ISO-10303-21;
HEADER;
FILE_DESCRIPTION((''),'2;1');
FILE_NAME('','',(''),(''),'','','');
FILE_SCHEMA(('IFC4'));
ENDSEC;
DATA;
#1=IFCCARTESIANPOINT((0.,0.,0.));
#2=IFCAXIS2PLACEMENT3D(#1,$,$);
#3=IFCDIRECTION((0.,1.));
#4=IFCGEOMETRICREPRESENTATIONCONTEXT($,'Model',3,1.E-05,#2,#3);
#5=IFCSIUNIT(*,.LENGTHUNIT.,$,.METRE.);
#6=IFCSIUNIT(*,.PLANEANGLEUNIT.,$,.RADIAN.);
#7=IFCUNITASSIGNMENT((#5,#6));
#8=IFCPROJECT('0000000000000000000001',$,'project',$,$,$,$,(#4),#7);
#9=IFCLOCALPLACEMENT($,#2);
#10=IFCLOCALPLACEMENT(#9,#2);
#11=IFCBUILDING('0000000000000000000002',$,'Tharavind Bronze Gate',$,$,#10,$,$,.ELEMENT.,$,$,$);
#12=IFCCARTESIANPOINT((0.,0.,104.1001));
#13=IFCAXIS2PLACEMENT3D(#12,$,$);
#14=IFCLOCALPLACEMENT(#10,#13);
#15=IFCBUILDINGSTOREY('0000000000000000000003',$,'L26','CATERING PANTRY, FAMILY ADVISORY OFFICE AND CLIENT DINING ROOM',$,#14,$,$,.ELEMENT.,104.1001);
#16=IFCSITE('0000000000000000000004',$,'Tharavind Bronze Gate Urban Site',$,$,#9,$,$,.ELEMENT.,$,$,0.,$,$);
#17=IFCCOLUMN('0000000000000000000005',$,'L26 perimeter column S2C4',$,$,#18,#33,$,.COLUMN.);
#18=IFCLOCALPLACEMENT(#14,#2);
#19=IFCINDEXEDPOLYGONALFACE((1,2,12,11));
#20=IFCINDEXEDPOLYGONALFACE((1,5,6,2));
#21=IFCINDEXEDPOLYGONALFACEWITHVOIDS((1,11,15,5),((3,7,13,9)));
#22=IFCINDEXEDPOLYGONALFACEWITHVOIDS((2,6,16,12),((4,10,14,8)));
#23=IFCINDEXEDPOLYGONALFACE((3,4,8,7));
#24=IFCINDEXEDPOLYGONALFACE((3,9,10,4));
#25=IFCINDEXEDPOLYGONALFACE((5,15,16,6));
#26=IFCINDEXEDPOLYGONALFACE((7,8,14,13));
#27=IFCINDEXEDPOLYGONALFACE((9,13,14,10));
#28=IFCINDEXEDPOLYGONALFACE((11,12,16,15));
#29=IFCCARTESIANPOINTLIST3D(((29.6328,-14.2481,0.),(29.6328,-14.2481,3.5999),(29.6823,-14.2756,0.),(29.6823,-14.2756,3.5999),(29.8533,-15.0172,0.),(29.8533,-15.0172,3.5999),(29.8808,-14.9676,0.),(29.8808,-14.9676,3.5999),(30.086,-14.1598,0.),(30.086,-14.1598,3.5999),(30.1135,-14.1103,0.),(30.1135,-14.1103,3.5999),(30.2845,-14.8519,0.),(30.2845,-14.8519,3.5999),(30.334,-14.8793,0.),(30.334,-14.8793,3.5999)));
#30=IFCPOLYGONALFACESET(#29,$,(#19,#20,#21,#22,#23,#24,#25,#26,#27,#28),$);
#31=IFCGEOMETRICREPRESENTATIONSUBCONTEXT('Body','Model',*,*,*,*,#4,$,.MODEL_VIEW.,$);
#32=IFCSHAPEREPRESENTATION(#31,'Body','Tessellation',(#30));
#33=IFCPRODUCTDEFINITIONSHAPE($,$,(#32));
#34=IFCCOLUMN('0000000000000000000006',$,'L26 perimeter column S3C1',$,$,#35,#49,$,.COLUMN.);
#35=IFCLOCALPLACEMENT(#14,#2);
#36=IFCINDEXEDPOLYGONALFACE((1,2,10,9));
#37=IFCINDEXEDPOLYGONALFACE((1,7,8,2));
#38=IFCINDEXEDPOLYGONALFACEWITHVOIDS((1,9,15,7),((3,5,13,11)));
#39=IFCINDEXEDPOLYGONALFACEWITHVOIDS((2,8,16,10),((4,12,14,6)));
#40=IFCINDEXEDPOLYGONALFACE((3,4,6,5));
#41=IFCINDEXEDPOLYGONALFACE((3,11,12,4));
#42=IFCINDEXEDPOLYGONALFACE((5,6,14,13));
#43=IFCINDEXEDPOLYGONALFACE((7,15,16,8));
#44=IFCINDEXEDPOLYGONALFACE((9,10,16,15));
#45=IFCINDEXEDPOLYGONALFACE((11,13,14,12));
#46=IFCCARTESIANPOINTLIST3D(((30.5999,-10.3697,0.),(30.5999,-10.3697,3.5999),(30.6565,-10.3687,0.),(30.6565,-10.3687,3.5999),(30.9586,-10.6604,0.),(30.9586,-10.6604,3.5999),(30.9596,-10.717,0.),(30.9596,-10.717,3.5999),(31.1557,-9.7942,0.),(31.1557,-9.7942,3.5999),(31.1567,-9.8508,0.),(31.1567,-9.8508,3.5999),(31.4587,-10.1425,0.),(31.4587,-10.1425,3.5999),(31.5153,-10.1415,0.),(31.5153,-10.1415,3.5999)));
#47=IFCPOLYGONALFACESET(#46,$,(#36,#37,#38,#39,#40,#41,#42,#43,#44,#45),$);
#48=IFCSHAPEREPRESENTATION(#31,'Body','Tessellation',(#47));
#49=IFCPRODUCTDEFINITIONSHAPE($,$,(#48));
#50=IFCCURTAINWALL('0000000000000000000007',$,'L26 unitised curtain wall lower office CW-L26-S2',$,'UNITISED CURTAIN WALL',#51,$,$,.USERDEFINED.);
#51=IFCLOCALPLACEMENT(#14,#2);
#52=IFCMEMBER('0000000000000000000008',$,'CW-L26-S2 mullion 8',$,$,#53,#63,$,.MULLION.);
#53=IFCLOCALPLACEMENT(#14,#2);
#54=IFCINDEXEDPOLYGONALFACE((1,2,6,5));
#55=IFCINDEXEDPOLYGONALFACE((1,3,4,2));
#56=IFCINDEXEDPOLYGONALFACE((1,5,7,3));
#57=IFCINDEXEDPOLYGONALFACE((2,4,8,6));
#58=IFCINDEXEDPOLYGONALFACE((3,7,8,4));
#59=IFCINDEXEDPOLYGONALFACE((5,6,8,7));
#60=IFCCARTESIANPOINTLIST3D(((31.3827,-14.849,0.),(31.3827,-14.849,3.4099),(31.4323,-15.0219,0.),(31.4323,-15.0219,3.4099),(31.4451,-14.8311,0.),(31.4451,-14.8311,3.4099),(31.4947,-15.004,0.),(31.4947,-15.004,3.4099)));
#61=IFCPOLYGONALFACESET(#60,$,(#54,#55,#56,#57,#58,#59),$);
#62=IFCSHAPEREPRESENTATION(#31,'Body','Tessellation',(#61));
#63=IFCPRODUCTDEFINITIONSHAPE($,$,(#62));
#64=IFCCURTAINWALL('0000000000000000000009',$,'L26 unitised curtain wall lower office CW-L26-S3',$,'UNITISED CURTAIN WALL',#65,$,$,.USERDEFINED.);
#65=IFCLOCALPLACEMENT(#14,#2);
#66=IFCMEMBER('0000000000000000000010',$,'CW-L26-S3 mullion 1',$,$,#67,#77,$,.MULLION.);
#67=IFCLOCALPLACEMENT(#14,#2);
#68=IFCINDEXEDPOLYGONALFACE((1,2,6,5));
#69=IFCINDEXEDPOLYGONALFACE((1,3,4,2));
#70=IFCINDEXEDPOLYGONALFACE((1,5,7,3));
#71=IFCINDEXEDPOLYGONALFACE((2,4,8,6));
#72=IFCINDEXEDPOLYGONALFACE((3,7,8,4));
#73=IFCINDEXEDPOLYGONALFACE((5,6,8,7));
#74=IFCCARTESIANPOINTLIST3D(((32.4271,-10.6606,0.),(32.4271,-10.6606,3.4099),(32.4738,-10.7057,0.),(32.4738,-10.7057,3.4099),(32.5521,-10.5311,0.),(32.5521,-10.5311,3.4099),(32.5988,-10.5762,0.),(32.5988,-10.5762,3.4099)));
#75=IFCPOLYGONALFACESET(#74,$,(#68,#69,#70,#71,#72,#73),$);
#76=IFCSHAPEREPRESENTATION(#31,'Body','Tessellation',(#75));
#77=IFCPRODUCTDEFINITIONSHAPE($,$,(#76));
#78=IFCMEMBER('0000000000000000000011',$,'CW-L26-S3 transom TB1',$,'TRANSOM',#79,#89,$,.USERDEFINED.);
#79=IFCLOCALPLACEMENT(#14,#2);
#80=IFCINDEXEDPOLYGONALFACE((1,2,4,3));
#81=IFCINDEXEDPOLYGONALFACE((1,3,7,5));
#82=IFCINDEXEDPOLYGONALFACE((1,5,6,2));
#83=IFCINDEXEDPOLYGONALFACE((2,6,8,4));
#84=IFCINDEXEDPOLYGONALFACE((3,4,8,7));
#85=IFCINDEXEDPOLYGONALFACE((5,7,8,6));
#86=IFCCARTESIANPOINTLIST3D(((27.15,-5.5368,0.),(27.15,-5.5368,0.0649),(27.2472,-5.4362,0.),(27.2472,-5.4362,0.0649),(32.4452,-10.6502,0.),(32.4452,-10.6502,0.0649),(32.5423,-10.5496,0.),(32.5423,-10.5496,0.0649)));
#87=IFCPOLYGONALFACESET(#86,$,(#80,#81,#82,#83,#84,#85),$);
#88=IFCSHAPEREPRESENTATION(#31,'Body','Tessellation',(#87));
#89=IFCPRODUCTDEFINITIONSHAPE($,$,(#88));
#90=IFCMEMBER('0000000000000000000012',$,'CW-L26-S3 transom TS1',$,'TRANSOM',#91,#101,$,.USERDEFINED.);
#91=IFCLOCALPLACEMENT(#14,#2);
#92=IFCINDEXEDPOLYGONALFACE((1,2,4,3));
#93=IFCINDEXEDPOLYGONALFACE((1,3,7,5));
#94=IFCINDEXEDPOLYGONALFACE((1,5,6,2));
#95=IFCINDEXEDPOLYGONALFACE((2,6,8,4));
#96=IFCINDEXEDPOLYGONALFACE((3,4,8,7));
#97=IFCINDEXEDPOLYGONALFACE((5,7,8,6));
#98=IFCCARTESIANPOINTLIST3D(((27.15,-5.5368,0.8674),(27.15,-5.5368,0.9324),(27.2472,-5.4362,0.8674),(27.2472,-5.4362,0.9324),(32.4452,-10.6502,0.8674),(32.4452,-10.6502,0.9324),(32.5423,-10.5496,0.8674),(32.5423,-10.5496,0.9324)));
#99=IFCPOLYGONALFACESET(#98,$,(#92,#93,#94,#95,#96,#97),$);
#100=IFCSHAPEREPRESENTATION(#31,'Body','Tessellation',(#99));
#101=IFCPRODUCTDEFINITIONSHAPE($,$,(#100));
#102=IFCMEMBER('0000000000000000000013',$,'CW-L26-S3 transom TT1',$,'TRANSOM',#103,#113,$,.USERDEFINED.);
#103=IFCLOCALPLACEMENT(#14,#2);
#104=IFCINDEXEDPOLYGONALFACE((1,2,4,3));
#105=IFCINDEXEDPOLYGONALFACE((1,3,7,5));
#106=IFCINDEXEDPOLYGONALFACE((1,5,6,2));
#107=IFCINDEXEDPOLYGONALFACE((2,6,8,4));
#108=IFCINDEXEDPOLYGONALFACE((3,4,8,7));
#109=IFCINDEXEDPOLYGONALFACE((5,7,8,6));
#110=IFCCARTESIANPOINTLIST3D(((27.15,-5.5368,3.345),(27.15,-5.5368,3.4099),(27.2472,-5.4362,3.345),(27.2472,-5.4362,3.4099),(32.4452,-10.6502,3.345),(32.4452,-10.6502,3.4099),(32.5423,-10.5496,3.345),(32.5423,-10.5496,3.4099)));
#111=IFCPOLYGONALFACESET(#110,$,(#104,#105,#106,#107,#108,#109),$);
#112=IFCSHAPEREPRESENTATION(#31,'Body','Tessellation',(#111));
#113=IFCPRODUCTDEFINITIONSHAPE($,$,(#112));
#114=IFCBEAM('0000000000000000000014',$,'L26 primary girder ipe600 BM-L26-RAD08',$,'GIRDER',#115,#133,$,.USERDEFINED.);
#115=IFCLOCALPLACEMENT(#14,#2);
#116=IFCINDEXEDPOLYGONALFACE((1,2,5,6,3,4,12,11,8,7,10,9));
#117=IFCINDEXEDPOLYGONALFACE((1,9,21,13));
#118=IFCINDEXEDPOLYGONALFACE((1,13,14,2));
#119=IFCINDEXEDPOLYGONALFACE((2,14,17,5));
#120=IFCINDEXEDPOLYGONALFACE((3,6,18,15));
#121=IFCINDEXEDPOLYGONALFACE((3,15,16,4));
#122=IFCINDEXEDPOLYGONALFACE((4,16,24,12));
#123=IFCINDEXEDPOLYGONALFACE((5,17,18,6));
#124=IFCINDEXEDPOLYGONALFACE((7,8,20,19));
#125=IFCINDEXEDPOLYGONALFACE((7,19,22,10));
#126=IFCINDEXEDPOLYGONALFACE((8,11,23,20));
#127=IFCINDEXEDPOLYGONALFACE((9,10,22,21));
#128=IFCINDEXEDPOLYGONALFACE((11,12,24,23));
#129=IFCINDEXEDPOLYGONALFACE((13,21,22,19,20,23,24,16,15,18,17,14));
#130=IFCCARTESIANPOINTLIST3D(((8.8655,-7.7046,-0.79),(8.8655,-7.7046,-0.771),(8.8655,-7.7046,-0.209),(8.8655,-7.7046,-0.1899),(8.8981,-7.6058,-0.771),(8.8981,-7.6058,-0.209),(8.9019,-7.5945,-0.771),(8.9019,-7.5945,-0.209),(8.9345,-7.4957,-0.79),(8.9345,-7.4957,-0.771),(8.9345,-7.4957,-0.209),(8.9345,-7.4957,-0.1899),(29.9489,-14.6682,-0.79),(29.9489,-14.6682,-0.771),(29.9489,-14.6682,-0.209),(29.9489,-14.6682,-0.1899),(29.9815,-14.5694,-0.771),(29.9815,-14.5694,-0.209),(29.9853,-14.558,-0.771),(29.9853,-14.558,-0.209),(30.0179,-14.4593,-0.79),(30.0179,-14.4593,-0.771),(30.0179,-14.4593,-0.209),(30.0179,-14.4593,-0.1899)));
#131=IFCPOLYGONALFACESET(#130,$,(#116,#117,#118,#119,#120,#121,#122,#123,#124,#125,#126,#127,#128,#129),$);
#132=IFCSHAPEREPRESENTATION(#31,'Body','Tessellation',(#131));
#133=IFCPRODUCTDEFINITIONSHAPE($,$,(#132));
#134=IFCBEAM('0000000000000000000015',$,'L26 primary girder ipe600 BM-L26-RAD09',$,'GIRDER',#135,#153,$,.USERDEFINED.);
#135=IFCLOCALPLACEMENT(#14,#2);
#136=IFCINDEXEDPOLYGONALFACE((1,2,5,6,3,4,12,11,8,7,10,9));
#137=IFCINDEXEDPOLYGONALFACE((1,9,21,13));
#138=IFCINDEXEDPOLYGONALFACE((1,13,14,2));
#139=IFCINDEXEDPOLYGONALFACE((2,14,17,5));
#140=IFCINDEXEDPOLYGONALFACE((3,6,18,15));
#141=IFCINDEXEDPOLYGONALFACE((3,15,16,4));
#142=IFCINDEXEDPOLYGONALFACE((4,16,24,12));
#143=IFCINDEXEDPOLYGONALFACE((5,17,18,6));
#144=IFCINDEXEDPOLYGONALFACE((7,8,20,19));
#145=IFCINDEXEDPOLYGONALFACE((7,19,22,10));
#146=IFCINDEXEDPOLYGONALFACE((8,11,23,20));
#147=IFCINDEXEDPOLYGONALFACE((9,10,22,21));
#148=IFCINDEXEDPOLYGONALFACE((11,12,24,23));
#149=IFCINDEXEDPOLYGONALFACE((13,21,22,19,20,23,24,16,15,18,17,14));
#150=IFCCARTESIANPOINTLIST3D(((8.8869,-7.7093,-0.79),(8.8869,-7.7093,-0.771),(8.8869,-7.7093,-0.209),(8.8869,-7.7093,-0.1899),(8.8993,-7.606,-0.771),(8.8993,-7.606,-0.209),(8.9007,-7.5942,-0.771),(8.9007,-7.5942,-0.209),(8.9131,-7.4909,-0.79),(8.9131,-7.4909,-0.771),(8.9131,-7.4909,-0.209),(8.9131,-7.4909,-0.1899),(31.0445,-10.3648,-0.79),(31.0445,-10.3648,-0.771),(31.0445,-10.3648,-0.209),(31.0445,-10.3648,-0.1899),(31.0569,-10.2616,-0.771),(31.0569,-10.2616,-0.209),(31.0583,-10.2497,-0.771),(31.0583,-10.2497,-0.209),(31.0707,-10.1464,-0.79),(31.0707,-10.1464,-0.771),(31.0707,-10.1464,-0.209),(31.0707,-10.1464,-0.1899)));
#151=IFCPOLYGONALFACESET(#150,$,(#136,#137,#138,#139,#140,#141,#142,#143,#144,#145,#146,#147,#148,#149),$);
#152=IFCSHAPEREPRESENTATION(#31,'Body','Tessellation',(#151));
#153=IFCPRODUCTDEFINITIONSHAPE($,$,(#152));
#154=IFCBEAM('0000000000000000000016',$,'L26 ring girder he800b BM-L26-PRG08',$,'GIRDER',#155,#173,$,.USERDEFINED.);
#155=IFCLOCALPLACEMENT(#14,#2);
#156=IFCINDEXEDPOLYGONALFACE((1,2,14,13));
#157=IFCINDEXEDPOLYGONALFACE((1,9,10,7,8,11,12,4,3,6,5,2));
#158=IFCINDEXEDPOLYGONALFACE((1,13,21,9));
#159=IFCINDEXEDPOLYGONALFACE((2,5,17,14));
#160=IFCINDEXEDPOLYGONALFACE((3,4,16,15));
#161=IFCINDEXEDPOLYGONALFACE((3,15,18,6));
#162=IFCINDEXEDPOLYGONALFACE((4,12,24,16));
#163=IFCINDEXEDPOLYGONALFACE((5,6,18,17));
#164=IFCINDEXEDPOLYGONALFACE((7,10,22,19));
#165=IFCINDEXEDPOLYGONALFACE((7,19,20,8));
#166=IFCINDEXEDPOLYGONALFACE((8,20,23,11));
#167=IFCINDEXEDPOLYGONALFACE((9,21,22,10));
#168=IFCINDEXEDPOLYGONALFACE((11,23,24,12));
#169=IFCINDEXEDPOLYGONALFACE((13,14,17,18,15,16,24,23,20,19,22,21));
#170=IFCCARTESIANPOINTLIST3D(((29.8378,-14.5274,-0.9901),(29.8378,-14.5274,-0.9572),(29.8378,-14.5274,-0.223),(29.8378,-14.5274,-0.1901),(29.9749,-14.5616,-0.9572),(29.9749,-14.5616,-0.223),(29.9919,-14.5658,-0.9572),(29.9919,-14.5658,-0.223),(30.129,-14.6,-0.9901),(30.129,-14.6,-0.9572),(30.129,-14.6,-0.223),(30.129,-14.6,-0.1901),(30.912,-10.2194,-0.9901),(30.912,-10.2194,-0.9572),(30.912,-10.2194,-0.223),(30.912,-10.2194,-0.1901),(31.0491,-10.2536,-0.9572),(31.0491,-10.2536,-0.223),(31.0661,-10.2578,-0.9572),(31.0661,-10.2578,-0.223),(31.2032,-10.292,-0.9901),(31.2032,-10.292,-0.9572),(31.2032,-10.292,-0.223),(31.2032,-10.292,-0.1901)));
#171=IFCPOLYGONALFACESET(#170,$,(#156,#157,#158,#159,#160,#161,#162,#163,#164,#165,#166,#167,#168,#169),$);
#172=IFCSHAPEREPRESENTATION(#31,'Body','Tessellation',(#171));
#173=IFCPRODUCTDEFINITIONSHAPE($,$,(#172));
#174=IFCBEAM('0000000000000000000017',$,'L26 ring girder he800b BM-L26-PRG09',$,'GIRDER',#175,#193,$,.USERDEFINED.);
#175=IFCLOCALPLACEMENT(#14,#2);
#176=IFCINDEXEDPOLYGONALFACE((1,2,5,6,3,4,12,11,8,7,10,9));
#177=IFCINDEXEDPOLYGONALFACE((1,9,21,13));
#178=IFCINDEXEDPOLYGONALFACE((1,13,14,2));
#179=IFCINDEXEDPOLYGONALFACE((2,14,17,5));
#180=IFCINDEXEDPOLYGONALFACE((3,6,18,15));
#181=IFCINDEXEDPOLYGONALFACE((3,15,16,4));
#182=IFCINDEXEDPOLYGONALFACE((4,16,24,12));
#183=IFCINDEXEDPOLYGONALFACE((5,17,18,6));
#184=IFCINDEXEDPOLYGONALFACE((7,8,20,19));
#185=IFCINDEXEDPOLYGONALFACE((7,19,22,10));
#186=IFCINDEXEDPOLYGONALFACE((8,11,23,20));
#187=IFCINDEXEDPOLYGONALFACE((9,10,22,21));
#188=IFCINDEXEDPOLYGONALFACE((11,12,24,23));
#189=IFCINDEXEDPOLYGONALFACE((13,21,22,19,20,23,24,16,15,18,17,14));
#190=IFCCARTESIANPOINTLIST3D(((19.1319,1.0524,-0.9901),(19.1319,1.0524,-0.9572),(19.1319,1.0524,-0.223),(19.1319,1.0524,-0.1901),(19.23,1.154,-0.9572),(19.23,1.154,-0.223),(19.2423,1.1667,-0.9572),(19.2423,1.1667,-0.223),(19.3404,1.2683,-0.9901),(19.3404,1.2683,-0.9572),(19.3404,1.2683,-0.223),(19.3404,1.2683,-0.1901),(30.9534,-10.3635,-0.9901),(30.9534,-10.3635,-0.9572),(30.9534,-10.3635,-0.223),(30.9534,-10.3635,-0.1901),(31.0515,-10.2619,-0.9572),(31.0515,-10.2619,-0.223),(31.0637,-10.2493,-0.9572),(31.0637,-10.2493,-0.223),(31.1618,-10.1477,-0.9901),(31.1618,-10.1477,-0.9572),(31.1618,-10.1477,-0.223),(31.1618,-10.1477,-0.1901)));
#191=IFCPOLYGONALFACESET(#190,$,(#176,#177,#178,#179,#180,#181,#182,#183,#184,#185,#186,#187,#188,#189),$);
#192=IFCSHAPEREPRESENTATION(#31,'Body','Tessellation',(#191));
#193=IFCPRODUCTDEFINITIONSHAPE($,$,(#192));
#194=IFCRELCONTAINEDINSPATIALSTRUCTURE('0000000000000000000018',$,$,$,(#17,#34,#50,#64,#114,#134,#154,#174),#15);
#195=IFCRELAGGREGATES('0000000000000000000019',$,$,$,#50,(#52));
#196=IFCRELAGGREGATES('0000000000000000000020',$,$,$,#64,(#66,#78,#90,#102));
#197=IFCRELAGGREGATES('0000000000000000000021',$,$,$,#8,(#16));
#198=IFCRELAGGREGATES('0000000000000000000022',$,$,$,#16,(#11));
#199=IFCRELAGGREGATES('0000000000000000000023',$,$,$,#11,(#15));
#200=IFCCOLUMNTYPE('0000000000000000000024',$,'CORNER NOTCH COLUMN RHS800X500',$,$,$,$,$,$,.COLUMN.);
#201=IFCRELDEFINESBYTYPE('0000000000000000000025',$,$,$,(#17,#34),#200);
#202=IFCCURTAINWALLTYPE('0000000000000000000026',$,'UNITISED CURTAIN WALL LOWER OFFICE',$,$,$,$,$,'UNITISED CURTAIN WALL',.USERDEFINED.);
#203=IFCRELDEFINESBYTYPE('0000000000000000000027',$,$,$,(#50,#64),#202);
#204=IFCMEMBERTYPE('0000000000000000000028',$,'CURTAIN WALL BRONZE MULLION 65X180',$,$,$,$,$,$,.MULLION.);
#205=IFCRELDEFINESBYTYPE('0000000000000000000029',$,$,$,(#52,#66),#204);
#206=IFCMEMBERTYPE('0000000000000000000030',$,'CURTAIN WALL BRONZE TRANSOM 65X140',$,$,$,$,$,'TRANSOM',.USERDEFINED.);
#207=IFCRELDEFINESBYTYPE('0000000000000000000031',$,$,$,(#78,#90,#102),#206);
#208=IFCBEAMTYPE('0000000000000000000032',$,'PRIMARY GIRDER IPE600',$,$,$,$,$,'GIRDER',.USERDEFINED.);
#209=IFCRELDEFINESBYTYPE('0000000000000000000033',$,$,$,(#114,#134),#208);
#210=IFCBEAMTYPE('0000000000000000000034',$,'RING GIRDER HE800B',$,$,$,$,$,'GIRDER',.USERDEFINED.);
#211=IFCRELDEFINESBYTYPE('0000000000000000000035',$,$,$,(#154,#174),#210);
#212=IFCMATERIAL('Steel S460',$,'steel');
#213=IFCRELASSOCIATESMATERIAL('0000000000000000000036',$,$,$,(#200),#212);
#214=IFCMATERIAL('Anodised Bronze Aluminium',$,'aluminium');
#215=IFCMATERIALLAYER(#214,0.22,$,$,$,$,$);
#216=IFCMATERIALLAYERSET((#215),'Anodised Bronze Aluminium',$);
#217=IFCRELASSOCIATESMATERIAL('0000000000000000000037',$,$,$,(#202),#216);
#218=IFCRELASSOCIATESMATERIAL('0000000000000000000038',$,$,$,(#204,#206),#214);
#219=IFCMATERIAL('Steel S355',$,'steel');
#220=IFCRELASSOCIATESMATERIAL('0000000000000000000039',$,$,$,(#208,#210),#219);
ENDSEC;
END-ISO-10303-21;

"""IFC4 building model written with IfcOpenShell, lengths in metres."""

from ifc_helpers import new_model, si_unit, direction, frame, origin, origin_2d, place, context, subcontext, project, spatial, rectangle, hollow_rectangle, i_section, extrude, material, layer, layer_set, material_profile, profile_set, type_object, element, aggregate, save


model = new_model("IFC4")

# Units and contexts
model_context = context("Model", 3, precision=1e-05, world=origin(), true_north=direction((0.0, 1.0)))
body_context = subcontext(model_context, "Body", "Model", "MODEL_VIEW")
ifc_project = project(units=[si_unit("LENGTHUNIT", "METRE"), si_unit("PLANEANGLEUNIT", "RADIAN")], contexts=[model_context])

# Site, building, storey
site_placement = place(None, origin())
site = spatial("IfcSite", under=ifc_project, at=site_placement, Name="Tharavind Bronze Gate Urban Site", CompositionType="ELEMENT", RefElevation=0.0)
building_placement = place(site_placement, origin())
building = spatial("IfcBuilding", under=site, at=building_placement, Name="Tharavind Bronze Gate", CompositionType="ELEMENT")
storey_placement = place(building_placement, frame((0.0, 0.0, 104.1001)))
storey = spatial("IfcBuildingStorey", under=building, at=storey_placement, Name="L26", Description="CATERING PANTRY, FAMILY ADVISORY OFFICE AND CLIENT DINING ROOM", CompositionType="ELEMENT", Elevation=104.1001)

# Columns
ifc_material_1 = material(Name="Steel S460", Category="steel")
ifc_material_profile_1 = material_profile(ifc_material_1, hollow_rectangle(XDim=0.5, YDim=0.8, WallThickness=0.04, at=origin_2d()), Name="RHS800X500X40")
ifc_profile_set_1 = profile_set([ifc_material_profile_1], Name="Steel S460")
column_type = type_object("IfcColumnType", Name="CORNER NOTCH COLUMN RHS800X500", PredefinedType="COLUMN", material=ifc_profile_set_1)
for number, where, z_axis, x_axis, name in (
    (1, (29.9834, -14.5637, 0.0), (0.0, 0.0, 1.0), (0.961262, 0.275637, 0.0), "L26 perimeter column S2C4"),
    (2, (31.0576, -10.2556, 0.0), (0.0, 0.0, 1.0), (-0.71934, 0.694658, 0.0), "L26 perimeter column S3C1"),
):
    element("IfcColumn", number, at=place(storey_placement, frame(where, z_axis=z_axis, x_axis=x_axis)), inside=storey, type_object=column_type, Name=name, PredefinedType="COLUMN", context=body_context, shape_type="SweptSolid", body=[
        extrude(hollow_rectangle(XDim=0.5, YDim=0.8, WallThickness=0.04, at=origin_2d()), origin(), (0.0, 0.0, 1.0), 3.5999),
    ])

# Curtain wall, member
ifc_material_2 = material(Name="Anodised Bronze Aluminium", Category="aluminium")
ifc_layer_1 = layer(ifc_material_2, 0.22)
ifc_layer_set_1 = layer_set([ifc_layer_1], Name="Anodised Bronze Aluminium")
curtain_wall_type = type_object("IfcCurtainWallType", Name="UNITISED CURTAIN WALL LOWER OFFICE", ElementType="UNITISED CURTAIN WALL", PredefinedType="USERDEFINED", material=ifc_layer_set_1)
curtain_wall_1_placement = place(storey_placement, origin())
curtain_wall_1 = element("IfcCurtainWall", 3, at=curtain_wall_1_placement, inside=storey, type_object=curtain_wall_type, Name="L26 unitised curtain wall lower office CW-L26-S2", ObjectType="UNITISED CURTAIN WALL", PredefinedType="USERDEFINED")
member_type_1 = type_object("IfcMemberType", Name="CURTAIN WALL BRONZE MULLION 65X180", PredefinedType="MULLION", material=ifc_material_2)
member_1_placement = place(storey_placement, frame((31.4387, -14.9265, 0.0), z_axis=(0.0, 0.0, 1.0), x_axis=(0.961262, 0.275637, 0.0)))
member_1 = element("IfcMember", 4, at=member_1_placement, type_object=member_type_1, Name="CW-L26-S2 mullion 8", PredefinedType="MULLION", context=body_context, shape_type="SweptSolid", body=[
    extrude(rectangle(XDim=0.0649, YDim=0.1799, at=origin_2d()), origin(), (0.0, 0.0, 1.0), 3.4099),
])

# Curtain wall, members
curtain_wall_2_placement = place(storey_placement, origin())
curtain_wall_2 = element("IfcCurtainWall", 5, at=curtain_wall_2_placement, inside=storey, type_object=curtain_wall_type, Name="L26 unitised curtain wall lower office CW-L26-S3", ObjectType="UNITISED CURTAIN WALL", PredefinedType="USERDEFINED")
member_2_placement = place(storey_placement, frame((32.5129, -10.6184, 0.0), z_axis=(0.0, 0.0, 1.0), x_axis=(-0.719341, 0.694657, 0.0)))
member_2 = element("IfcMember", 6, at=member_2_placement, type_object=member_type_1, Name="CW-L26-S3 mullion 1", PredefinedType="MULLION", context=body_context, shape_type="SweptSolid", body=[
    extrude(rectangle(XDim=0.0649, YDim=0.1799, at=origin_2d()), origin(), (0.0, 0.0, 1.0), 3.4099),
])
member_type_2 = type_object("IfcMemberType", Name="CURTAIN WALL BRONZE TRANSOM 65X140", ElementType="TRANSOM", PredefinedType="USERDEFINED", material=ifc_material_2)
member_3_placement = place(storey_placement, frame((29.8462, -8.0432, 0.0), z_axis=(0.0, 0.0, 1.0), x_axis=(-0.719341, 0.694657, 0.0)))
member_3 = element("IfcMember", 7, at=member_3_placement, type_object=member_type_2, Name="CW-L26-S3 transom TB1", ObjectType="TRANSOM", PredefinedType="USERDEFINED", context=body_context, shape_type="SweptSolid", body=[
    extrude(rectangle(XDim=7.3611, YDim=0.1399, at=origin_2d()), origin(), (0.0, 0.0, 1.0), 0.0649),
])
member_4_placement = place(storey_placement, frame((29.8462, -8.0432, 0.8674), z_axis=(0.0, 0.0, 1.0), x_axis=(-0.719341, 0.694657, 0.0)))
member_4 = element("IfcMember", 8, at=member_4_placement, type_object=member_type_2, Name="CW-L26-S3 transom TS1", ObjectType="TRANSOM", PredefinedType="USERDEFINED", context=body_context, shape_type="SweptSolid", body=[
    extrude(rectangle(XDim=7.3611, YDim=0.1399, at=origin_2d()), origin(), (0.0, 0.0, 1.0), 0.0649),
])
member_5_placement = place(storey_placement, frame((29.8462, -8.0432, 3.345), z_axis=(0.0, 0.0, 1.0), x_axis=(-0.719341, 0.694657, 0.0)))
member_5 = element("IfcMember", 9, at=member_5_placement, type_object=member_type_2, Name="CW-L26-S3 transom TT1", ObjectType="TRANSOM", PredefinedType="USERDEFINED", context=body_context, shape_type="SweptSolid", body=[
    extrude(rectangle(XDim=7.3611, YDim=0.1399, at=origin_2d()), origin(), (0.0, 0.0, 1.0), 0.0649),
])

# Beams
ifc_material_3 = material(Name="Steel S355", Category="steel")
ifc_material_profile_2 = material_profile(ifc_material_3, i_section(OverallWidth=0.22, OverallDepth=0.6001, WebThickness=0.012, FlangeThickness=0.019, at=origin_2d()), Name="IPE600")
ifc_profile_set_2 = profile_set([ifc_material_profile_2], Name="Steel S355")
beam_type_1 = type_object("IfcBeamType", Name="PRIMARY GIRDER IPE600", ElementType="GIRDER", PredefinedType="USERDEFINED", material=ifc_profile_set_2)
beam_1_placement = place(storey_placement, frame((29.9834, -14.5637, -0.49), z_axis=(-0.949547, 0.313624, 0.0), x_axis=(-0.313624, -0.949547, 0.0)))
element("IfcBeam", 10, at=beam_1_placement, inside=storey, type_object=beam_type_1, Name="L26 primary girder ipe600 BM-L26-RAD08", ObjectType="GIRDER", PredefinedType="USERDEFINED", context=body_context, shape_type="SweptSolid", body=[
    extrude(i_section(OverallWidth=0.22, OverallDepth=0.6001, WebThickness=0.012, FlangeThickness=0.019, at=origin_2d()), origin(), (0.0, 0.0, 1.0), 22.2036),
])
beam_2_placement = place(storey_placement, frame((31.0576, -10.2556, -0.49), z_axis=(-0.992895, 0.118995, 0.0), x_axis=(-0.118995, -0.992895, 0.0)))
element("IfcBeam", 11, at=beam_2_placement, inside=storey, type_object=beam_type_1, Name="L26 primary girder ipe600 BM-L26-RAD09", ObjectType="GIRDER", PredefinedType="USERDEFINED", context=body_context, shape_type="SweptSolid", body=[
    extrude(i_section(OverallWidth=0.22, OverallDepth=0.6001, WebThickness=0.012, FlangeThickness=0.019, at=origin_2d()), origin(), (0.0, 0.0, 1.0), 22.3162),
])
ifc_material_profile_3 = material_profile(ifc_material_3, i_section(OverallWidth=0.3, OverallDepth=0.8, WebThickness=0.0176, FlangeThickness=0.033, at=origin_2d()), Name="HE800B")
ifc_profile_set_3 = profile_set([ifc_material_profile_3], Name="Steel S355")
beam_type_2 = type_object("IfcBeamType", Name="RING GIRDER HE800B", ElementType="GIRDER", PredefinedType="USERDEFINED", material=ifc_profile_set_3)
beam_3_placement = place(storey_placement, frame((29.9834, -14.5637, -0.5901), z_axis=(0.24194, 0.970291, 0.0), x_axis=(-0.970291, 0.24194, 0.0)))
element("IfcBeam", 12, at=beam_3_placement, inside=storey, type_object=beam_type_2, Name="L26 ring girder he800b BM-L26-PRG08", ObjectType="GIRDER", PredefinedType="USERDEFINED", context=body_context, shape_type="SweptSolid", body=[
    extrude(i_section(OverallWidth=0.3, OverallDepth=0.8, WebThickness=0.0176, FlangeThickness=0.033, at=origin_2d()), origin(), (0.0, 0.0, 1.0), 4.4399),
])
beam_4_placement = place(storey_placement, frame((31.0576, -10.2556, -0.5901), z_axis=(-0.719337, 0.694661, 0.0), x_axis=(-0.694661, -0.719337, 0.0)))
element("IfcBeam", 13, at=beam_4_placement, inside=storey, type_object=beam_type_2, Name="L26 ring girder he800b BM-L26-PRG09", ObjectType="GIRDER", PredefinedType="USERDEFINED", context=body_context, shape_type="SweptSolid", body=[
    extrude(i_section(OverallWidth=0.3, OverallDepth=0.8, WebThickness=0.0176, FlangeThickness=0.033, at=origin_2d()), origin(), (0.0, 0.0, 1.0), 16.4338),
])

aggregate(curtain_wall_1, [member_1])
aggregate(curtain_wall_2, [member_2, member_3, member_4, member_5])

save(model, "model.ifc")
